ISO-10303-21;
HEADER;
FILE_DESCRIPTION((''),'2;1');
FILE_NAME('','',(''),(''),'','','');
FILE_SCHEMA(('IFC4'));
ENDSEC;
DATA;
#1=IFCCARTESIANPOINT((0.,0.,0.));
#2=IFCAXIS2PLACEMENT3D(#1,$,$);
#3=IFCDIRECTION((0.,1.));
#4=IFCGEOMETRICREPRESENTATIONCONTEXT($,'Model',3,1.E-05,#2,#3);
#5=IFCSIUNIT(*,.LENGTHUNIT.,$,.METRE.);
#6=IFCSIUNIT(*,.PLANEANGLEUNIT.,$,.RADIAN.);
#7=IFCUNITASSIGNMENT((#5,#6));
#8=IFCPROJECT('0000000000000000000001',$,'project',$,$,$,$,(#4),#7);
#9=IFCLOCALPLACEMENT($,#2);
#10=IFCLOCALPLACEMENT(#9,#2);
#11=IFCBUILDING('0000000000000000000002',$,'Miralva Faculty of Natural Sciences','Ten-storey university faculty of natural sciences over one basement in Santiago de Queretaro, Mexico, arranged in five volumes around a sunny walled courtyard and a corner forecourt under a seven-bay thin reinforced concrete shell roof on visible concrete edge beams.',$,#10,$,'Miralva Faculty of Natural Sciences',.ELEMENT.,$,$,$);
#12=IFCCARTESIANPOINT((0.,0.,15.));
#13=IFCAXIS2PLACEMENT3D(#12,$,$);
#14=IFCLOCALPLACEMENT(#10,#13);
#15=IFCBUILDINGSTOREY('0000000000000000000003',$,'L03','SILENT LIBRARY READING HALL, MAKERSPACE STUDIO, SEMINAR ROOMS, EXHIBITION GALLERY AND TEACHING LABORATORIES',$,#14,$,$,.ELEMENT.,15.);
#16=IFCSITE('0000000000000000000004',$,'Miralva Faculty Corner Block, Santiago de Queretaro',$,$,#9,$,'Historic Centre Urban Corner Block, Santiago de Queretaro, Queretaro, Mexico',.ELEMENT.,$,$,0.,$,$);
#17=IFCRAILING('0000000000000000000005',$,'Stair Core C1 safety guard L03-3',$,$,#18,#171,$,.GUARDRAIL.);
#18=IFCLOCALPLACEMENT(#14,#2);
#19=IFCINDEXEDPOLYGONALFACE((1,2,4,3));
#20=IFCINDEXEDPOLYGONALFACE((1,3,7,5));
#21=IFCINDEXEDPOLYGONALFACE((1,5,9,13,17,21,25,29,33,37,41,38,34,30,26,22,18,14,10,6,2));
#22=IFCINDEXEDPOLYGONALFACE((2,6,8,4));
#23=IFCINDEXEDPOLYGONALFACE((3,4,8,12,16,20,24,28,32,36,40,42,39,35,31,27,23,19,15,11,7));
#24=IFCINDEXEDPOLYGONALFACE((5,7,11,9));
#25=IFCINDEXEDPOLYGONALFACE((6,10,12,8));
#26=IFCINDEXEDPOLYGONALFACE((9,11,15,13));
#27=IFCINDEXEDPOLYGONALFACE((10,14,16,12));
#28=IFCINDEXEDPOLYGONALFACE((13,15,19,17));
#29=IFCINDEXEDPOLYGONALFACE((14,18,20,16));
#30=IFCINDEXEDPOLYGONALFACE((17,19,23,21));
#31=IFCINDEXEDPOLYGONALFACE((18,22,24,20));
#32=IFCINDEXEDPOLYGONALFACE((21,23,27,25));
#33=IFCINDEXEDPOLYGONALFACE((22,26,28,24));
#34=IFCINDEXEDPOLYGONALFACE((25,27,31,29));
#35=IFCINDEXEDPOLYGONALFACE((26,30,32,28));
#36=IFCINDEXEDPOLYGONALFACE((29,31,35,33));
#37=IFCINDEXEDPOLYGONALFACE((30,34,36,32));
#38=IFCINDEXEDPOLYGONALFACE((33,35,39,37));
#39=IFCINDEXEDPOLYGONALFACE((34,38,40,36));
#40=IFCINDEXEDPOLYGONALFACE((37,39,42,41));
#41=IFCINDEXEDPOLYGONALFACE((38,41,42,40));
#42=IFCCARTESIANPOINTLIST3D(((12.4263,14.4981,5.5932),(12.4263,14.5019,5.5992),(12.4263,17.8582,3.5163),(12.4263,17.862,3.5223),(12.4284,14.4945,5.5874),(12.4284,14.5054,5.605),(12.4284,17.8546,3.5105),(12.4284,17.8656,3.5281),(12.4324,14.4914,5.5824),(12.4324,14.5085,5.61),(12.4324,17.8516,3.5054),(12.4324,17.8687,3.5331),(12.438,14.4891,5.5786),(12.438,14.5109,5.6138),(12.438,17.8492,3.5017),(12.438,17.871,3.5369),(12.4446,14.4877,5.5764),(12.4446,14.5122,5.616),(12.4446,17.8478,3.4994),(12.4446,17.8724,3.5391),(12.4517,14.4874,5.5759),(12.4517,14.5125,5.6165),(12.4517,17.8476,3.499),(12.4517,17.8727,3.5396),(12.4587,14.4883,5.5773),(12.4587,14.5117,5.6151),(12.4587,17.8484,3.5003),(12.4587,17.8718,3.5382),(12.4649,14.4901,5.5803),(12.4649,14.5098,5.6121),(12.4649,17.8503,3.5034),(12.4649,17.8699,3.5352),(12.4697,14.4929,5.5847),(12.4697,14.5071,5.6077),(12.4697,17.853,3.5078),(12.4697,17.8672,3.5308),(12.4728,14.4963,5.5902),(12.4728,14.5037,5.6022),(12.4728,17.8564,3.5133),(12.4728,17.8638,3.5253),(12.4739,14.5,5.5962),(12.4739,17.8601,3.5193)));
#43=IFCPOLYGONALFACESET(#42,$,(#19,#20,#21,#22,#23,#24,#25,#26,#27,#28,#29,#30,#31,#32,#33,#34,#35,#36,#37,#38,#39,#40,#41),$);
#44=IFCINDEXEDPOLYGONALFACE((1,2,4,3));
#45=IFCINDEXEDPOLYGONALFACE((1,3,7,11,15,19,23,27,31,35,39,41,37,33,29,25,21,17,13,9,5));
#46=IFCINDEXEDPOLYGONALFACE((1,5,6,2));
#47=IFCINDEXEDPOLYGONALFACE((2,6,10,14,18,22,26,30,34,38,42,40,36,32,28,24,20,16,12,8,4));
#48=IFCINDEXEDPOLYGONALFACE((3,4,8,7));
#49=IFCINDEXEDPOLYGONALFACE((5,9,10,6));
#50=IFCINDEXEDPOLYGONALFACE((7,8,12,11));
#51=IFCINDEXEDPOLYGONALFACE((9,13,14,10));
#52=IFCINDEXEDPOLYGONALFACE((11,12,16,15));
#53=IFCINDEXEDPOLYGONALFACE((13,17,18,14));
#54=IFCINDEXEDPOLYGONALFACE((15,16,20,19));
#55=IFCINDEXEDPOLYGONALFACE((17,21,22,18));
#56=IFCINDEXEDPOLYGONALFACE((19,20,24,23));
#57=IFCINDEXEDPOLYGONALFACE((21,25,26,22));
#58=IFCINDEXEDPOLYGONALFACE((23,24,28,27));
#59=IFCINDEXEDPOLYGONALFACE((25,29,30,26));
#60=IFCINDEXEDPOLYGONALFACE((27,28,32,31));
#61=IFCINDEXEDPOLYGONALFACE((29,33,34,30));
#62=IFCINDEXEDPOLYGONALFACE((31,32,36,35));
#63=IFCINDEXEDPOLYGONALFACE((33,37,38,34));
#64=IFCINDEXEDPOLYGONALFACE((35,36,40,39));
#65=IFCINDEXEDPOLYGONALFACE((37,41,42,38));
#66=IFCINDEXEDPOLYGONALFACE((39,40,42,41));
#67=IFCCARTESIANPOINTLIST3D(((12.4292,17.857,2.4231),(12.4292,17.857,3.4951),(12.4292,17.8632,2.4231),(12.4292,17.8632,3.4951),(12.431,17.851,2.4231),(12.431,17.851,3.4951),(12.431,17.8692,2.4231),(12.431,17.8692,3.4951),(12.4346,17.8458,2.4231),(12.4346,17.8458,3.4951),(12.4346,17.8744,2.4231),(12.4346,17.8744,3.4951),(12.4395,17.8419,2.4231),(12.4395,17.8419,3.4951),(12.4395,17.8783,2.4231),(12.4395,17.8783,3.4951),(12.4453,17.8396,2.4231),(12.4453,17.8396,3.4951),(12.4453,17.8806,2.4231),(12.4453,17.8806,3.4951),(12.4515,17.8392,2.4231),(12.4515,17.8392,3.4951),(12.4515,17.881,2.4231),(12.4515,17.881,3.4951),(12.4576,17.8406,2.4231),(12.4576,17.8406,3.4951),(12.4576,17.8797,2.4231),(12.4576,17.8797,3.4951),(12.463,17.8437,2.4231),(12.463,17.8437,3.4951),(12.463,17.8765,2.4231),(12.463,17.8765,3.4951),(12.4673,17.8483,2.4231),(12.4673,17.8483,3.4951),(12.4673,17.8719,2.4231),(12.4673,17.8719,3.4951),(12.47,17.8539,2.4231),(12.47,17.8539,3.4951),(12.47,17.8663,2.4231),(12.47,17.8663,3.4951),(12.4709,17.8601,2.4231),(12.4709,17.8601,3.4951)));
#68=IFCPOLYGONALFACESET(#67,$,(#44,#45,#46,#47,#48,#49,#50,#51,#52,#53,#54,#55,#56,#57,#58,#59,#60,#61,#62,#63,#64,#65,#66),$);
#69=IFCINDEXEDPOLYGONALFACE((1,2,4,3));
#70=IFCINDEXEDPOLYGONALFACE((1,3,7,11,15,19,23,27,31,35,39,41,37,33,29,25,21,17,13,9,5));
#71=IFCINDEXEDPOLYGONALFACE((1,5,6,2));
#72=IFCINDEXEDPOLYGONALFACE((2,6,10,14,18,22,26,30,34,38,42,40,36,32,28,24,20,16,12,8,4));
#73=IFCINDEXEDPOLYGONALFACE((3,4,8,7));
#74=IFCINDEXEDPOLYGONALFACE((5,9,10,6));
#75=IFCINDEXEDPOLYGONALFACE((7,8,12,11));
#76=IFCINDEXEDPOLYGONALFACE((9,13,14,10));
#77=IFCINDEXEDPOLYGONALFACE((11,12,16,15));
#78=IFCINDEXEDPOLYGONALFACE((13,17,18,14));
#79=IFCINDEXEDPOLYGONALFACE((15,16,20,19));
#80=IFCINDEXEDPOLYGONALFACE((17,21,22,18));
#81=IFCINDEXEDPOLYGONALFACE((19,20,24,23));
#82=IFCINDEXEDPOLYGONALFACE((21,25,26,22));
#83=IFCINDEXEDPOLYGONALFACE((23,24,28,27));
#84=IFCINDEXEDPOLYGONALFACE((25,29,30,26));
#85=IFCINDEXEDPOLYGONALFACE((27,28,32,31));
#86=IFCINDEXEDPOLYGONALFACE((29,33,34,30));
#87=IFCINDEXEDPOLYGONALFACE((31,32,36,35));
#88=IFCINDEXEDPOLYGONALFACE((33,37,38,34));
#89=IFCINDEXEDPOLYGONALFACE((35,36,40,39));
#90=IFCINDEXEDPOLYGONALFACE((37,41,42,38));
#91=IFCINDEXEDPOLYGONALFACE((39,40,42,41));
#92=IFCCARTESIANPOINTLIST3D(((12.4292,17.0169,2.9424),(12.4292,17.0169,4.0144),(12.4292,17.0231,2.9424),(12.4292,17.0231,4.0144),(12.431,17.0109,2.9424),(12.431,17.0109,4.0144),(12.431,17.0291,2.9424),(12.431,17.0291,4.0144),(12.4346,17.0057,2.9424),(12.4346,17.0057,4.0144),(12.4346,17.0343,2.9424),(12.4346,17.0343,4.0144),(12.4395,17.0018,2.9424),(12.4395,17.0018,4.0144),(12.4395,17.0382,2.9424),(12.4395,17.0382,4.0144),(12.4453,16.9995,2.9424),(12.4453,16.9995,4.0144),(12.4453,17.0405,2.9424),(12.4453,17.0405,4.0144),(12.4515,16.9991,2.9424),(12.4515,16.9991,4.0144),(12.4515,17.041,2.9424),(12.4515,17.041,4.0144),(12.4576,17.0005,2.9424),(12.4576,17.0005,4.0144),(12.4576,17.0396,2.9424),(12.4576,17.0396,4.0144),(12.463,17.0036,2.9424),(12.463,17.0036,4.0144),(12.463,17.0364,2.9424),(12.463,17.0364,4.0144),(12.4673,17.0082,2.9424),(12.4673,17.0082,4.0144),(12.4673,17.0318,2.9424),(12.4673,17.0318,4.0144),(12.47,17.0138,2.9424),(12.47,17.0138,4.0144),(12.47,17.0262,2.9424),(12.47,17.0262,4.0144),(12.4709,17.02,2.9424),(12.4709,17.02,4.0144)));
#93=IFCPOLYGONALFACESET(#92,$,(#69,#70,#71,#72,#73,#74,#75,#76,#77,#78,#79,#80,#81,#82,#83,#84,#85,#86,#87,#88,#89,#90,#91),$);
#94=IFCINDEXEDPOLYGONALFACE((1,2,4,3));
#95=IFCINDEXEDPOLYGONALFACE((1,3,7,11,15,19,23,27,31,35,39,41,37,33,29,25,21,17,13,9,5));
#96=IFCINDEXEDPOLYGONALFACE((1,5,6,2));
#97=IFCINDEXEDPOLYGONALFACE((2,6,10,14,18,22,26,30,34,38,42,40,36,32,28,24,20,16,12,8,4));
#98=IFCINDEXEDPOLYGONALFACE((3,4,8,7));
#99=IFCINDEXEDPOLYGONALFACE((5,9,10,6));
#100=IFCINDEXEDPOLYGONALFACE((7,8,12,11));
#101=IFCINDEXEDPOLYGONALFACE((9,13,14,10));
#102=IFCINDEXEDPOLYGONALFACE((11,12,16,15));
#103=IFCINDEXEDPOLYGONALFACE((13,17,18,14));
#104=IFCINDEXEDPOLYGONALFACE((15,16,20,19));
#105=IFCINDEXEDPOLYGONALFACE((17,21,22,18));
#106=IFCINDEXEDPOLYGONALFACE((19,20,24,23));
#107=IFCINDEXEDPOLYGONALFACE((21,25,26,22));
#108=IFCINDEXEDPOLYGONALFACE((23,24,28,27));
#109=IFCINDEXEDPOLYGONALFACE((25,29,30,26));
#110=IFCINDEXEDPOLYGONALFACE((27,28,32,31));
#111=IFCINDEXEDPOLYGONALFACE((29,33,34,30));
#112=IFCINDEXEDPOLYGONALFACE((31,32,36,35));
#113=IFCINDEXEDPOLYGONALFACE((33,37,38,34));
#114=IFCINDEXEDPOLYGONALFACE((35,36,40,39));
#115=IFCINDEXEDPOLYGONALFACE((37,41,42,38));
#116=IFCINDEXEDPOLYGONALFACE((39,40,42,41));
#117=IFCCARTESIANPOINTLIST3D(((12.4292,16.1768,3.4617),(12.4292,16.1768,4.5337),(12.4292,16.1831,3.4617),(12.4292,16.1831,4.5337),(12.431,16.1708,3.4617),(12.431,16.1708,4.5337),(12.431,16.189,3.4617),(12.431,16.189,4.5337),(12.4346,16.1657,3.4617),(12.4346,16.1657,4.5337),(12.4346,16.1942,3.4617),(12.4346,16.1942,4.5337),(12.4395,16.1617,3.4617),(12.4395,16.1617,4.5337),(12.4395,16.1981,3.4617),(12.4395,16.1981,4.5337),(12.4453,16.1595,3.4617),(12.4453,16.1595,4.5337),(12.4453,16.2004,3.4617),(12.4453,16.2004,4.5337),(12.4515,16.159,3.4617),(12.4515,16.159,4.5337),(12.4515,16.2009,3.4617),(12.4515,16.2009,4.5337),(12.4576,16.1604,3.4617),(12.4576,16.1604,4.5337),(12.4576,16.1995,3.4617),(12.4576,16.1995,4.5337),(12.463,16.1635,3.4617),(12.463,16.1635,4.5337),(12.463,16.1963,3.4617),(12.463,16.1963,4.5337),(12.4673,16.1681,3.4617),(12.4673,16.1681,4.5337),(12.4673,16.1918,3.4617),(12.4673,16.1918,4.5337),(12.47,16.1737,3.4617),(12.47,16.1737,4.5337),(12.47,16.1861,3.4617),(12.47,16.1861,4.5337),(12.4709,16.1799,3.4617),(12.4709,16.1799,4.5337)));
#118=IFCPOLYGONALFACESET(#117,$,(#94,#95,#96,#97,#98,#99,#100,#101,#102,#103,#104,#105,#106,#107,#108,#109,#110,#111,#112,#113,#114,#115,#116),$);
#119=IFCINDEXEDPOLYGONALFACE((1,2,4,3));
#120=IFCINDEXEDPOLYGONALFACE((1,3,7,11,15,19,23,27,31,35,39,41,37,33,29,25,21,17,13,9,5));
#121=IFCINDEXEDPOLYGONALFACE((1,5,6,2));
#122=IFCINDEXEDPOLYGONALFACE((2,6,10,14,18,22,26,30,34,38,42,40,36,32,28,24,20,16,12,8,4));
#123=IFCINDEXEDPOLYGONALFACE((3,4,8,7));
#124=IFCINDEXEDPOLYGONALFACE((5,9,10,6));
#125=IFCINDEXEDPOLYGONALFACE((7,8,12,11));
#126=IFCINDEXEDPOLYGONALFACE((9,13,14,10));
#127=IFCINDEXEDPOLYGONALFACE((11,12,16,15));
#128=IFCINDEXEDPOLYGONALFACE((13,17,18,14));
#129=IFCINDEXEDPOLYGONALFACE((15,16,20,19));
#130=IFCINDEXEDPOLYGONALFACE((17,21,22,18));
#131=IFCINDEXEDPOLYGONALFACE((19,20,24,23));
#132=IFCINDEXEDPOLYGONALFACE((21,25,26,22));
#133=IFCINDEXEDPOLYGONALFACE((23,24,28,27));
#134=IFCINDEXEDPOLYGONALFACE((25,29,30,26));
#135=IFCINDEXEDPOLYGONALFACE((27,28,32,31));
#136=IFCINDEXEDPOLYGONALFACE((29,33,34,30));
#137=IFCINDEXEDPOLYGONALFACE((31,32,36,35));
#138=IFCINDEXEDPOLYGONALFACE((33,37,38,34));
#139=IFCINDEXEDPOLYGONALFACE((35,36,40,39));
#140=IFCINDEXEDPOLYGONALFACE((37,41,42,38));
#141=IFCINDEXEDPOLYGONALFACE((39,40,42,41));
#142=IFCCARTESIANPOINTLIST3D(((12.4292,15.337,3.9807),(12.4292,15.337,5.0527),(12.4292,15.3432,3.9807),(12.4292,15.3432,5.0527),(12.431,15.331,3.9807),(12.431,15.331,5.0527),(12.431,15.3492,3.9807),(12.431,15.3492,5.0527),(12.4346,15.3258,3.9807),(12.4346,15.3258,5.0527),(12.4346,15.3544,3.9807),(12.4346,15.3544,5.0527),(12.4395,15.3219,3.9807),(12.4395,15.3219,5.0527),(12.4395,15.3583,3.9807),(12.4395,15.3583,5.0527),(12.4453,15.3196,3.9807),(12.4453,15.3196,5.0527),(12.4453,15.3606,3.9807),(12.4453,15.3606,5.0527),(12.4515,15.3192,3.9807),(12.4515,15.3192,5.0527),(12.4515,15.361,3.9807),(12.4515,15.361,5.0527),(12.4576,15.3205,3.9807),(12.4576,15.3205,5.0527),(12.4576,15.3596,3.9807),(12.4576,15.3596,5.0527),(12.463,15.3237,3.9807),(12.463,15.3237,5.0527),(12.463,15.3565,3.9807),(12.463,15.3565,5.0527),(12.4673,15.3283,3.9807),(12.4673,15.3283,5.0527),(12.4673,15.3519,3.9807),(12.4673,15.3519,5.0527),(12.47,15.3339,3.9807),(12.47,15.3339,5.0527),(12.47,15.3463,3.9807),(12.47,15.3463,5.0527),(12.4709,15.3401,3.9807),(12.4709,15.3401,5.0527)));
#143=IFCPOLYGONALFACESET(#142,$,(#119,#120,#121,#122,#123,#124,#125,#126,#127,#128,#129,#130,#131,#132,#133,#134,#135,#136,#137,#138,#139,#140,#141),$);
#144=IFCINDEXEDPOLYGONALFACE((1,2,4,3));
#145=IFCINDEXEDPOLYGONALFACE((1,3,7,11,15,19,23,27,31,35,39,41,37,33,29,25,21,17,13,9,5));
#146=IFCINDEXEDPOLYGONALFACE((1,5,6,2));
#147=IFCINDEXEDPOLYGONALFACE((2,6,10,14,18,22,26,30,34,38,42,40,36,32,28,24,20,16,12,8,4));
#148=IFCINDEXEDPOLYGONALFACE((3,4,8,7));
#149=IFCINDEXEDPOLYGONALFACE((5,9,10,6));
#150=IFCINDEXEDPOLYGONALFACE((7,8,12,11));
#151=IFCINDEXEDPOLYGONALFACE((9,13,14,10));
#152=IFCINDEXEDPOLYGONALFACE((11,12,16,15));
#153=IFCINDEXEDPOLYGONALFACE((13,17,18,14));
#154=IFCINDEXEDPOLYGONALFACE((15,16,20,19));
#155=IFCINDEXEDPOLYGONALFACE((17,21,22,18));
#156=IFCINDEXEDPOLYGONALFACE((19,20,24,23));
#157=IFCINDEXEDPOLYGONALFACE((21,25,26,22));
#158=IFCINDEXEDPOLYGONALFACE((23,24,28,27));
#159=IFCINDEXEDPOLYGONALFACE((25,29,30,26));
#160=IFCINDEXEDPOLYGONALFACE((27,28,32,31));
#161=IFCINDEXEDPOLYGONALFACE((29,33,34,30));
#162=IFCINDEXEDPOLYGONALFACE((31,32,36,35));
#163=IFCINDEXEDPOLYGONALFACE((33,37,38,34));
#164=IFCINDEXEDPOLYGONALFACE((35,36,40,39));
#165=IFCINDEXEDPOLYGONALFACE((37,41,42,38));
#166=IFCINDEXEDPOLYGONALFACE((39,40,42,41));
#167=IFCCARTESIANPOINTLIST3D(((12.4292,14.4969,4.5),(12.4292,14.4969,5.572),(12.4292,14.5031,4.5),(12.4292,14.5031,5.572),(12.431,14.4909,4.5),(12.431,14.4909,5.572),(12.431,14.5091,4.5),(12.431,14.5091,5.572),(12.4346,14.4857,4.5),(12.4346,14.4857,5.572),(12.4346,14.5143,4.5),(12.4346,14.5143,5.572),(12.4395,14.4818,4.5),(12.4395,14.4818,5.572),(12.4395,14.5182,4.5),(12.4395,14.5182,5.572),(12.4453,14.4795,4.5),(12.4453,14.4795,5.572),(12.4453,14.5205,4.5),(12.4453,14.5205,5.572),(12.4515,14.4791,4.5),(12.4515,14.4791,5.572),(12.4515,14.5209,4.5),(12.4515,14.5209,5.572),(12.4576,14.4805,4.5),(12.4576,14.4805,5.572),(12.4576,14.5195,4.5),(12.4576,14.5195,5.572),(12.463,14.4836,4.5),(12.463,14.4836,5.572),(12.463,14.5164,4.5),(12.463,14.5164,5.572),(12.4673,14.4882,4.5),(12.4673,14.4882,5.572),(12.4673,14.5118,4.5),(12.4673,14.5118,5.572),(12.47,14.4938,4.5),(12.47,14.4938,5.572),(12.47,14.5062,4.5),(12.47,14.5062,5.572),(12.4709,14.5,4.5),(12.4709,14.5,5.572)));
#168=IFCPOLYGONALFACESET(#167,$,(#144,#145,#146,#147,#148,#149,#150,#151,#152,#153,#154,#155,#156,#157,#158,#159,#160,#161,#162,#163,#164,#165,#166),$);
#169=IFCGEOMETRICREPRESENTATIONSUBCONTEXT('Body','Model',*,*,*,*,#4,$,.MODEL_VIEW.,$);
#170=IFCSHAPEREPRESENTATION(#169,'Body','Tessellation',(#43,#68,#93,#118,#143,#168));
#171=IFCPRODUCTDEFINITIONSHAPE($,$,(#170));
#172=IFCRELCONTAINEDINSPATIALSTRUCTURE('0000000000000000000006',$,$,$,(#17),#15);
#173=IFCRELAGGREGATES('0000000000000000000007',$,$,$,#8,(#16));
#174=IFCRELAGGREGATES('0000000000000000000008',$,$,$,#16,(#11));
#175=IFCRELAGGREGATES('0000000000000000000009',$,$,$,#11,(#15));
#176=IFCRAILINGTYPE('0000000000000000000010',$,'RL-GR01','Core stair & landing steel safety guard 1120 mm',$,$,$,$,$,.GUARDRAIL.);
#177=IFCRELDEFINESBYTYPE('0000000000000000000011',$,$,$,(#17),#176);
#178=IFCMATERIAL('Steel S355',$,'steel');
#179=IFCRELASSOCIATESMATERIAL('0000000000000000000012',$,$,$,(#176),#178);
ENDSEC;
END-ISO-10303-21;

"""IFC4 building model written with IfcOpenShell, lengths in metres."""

from ifc_helpers import new_model, si_unit, direction, frame, origin, origin_2d, place, context, subcontext, project, spatial, circle, extrude, material, type_object, element, save


model = new_model("IFC4")

# Units and contexts
model_context = context("Model", 3, precision=1e-05, world=origin(), true_north=direction((0.0, 1.0)))
body_context = subcontext(model_context, "Body", "Model", "MODEL_VIEW")
ifc_project = project(units=[si_unit("LENGTHUNIT", "METRE"), si_unit("PLANEANGLEUNIT", "RADIAN")], contexts=[model_context])

# Site, building, storey
site_placement = place(None, origin())
site = spatial("IfcSite", under=ifc_project, at=site_placement, Name="Miralva Faculty Corner Block, Santiago de Queretaro", LongName="Historic Centre Urban Corner Block, Santiago de Queretaro, Queretaro, Mexico", CompositionType="ELEMENT", RefElevation=0.0)
building_placement = place(site_placement, origin())
building = spatial("IfcBuilding", under=site, at=building_placement, Name="Miralva Faculty of Natural Sciences", Description="Ten-storey university faculty of natural sciences over one basement in Santiago de Queretaro, Mexico, arranged in five volumes around a sunny walled courtyard and a corner forecourt under a seven-bay thin reinforced concrete shell roof on visible concrete edge beams.", LongName="Miralva Faculty of Natural Sciences", CompositionType="ELEMENT")
storey_placement = place(building_placement, frame((0.0, 0.0, 15.0)))
storey = spatial("IfcBuildingStorey", under=building, at=storey_placement, Name="L03", Description="SILENT LIBRARY READING HALL, MAKERSPACE STUDIO, SEMINAR ROOMS, EXHIBITION GALLERY AND TEACHING LABORATORIES", CompositionType="ELEMENT", Elevation=15.0)

# Railing
ifc_material_1 = material(Name="Steel S355", Category="steel")
railing_type_1 = type_object("IfcRailingType", Name="RL-GR01", Description="Core stair & landing steel safety guard 1120 mm", PredefinedType="GUARDRAIL", material=ifc_material_1)
railing_1_placement = place(storey_placement, frame((12.45, 17.8601, 2.4231)))
element("IfcRailing", 1, at=railing_1_placement, inside=storey, type_object=railing_type_1, Name="Stair Core C1 safety guard L03-3", PredefinedType="GUARDRAIL", context=body_context, shape_type="SweptSolid", body=[
    extrude(circle(Radius=0.0239, at=origin_2d()), frame((0.0, 0.0, 1.0962), z_axis=(0.0, -0.850623, 0.525776), x_axis=(1.0, 0.0, 0.0)), (0.0, 0.0, 1.0), 3.9502),
    extrude(circle(Radius=0.021, at=origin_2d()), origin(), (0.0, 0.0, 1.0), 1.072),
    extrude(circle(Radius=0.021, at=origin_2d()), frame((0.0, -0.8401, 0.5193)), (0.0, 0.0, 1.0), 1.072),
    extrude(circle(Radius=0.021, at=origin_2d()), frame((0.0, -1.6802, 1.0386)), (0.0, 0.0, 1.0), 1.072),
    extrude(circle(Radius=0.021, at=origin_2d()), frame((0.0, -2.52, 1.5576)), (0.0, 0.0, 1.0), 1.072),
    extrude(circle(Radius=0.021, at=origin_2d()), frame((0.0, -3.3601, 2.0769)), (0.0, 0.0, 1.0), 1.072),
])

save(model, "model.ifc")
